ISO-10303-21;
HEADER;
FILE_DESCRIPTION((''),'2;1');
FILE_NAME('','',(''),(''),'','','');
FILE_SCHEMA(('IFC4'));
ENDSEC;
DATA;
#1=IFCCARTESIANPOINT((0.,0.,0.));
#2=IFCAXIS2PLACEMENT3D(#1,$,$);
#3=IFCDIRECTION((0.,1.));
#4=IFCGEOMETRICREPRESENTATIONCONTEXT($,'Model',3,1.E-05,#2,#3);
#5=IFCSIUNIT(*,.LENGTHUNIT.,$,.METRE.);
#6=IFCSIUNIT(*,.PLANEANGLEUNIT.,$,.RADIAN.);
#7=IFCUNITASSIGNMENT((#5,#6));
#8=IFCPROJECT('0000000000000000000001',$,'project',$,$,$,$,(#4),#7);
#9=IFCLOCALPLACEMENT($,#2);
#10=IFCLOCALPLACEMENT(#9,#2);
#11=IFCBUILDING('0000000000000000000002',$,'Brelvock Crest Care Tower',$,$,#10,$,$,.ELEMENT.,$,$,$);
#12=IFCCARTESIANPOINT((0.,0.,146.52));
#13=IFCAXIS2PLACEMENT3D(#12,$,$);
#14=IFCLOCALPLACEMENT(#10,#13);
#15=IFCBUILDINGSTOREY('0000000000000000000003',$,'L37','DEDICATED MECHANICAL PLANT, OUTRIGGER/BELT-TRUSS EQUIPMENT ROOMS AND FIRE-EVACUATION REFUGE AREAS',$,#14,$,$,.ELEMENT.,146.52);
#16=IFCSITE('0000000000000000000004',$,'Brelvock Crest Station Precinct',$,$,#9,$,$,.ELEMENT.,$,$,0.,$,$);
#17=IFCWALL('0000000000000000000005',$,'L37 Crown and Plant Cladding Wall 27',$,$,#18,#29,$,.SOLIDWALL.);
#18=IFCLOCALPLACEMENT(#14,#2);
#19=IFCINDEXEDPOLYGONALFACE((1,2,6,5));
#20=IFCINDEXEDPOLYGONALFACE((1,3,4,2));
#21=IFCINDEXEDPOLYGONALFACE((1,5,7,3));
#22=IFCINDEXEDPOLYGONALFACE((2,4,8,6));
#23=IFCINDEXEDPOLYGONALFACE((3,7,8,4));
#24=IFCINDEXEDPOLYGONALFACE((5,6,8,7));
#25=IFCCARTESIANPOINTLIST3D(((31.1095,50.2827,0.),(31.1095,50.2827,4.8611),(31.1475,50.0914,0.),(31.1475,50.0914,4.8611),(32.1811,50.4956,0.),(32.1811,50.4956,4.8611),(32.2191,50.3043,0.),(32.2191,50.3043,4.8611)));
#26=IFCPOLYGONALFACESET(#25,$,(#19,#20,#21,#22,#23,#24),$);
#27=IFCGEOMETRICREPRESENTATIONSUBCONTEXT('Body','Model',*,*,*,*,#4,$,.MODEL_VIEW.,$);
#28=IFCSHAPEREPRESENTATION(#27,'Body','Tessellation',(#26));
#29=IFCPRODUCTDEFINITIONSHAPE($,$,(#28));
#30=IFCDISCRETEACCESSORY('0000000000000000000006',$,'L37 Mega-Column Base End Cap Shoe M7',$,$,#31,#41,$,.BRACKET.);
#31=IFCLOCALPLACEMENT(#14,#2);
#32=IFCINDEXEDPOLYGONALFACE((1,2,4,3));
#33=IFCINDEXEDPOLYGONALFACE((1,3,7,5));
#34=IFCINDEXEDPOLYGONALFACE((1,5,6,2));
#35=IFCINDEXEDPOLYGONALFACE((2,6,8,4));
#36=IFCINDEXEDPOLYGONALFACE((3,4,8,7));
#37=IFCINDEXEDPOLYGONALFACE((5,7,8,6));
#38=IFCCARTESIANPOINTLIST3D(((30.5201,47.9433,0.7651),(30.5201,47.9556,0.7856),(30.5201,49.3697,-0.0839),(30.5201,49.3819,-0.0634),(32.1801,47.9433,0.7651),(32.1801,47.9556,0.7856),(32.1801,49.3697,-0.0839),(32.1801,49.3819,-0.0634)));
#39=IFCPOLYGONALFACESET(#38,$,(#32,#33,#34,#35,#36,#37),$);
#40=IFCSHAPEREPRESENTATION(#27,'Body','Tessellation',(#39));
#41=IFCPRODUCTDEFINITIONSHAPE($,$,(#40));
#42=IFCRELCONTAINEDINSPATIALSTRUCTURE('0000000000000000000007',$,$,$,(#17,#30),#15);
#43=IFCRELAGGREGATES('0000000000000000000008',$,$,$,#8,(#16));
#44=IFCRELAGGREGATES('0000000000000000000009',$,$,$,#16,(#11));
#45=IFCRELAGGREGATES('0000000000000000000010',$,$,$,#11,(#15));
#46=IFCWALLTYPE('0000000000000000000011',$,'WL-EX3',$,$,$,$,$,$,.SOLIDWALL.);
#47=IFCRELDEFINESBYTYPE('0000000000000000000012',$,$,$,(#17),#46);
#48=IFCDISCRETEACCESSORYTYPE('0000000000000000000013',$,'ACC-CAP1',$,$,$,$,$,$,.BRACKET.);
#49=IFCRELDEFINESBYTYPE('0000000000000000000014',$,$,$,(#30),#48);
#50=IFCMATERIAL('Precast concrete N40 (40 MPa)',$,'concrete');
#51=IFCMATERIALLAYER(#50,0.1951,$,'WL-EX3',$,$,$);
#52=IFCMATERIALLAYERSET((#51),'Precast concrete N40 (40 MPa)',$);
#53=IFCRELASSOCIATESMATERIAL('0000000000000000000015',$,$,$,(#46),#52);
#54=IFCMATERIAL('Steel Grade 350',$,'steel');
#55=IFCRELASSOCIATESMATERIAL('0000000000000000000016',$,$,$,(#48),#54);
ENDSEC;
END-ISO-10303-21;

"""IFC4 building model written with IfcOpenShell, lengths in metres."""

from ifc_helpers import new_model, si_unit, direction, frame, frame_2d, origin, origin_2d, place, context, subcontext, project, spatial, rectangle, extrude, source, transform, mapped, material, layer, layer_set, material_profile, profile_set, type_object, element, save


model = new_model("IFC4")

# Units and contexts
model_context = context("Model", 3, precision=1e-05, world=origin(), true_north=direction((0.0, 1.0)))
body_context = subcontext(model_context, "Body", "Model", "MODEL_VIEW")
ifc_project = project(units=[si_unit("LENGTHUNIT", "METRE"), si_unit("PLANEANGLEUNIT", "RADIAN")], contexts=[model_context])

# Site, building, storey
site_placement = place(None, origin())
site = spatial("IfcSite", under=ifc_project, at=site_placement, Name="Brelvock Crest Station Precinct", CompositionType="ELEMENT", RefElevation=0.0)
building_placement = place(site_placement, origin())
building = spatial("IfcBuilding", under=site, at=building_placement, Name="Brelvock Crest Care Tower", CompositionType="ELEMENT")
storey_placement = place(building_placement, frame((0.0, 0.0, 146.52)))
storey = spatial("IfcBuildingStorey", under=building, at=storey_placement, Name="L37", Description="DEDICATED MECHANICAL PLANT, OUTRIGGER/BELT-TRUSS EQUIPMENT ROOMS AND FIRE-EVACUATION REFUGE AREAS", CompositionType="ELEMENT", Elevation=146.52)

# Shared definitions
ifc_material_1 = material(Name="Steel Grade 350", Category="steel")

# Wall
ifc_material_2 = material(Name="Precast concrete N40 (40 MPa)", Category="concrete")
ifc_layer = layer(ifc_material_2, 0.1951, Name="WL-EX3")
ifc_layer_set = layer_set([ifc_layer], Name="Precast concrete N40 (40 MPa)")
wall_type = type_object("IfcWallType", Name="WL-EX3", PredefinedType="SOLIDWALL", material=ifc_layer_set)
wall_1_placement = place(storey_placement, frame((31.1284, 50.187, 0.0), z_axis=(0.0, 0.0, 1.0), x_axis=(0.980829, 0.19487, 0.0)))
element("IfcWall", 1, at=wall_1_placement, inside=storey, type_object=wall_type, Name="L37 Crown and Plant Cladding Wall 27", PredefinedType="SOLIDWALL", context=body_context, shape_type="SweptSolid", body=[
    extrude(rectangle(XDim=1.0925, YDim=0.1951, at=frame_2d((0.5464, 0.0))), origin(), (0.0, 0.0, 1.0), 4.8611),
])

# Discrete accessory
ifc_material_profile_1 = material_profile(ifc_material_1, rectangle(XDim=1.6599, YDim=1.6599, at=origin_2d()), Name="ACC-CAP1")
ifc_profile_set_1 = profile_set([ifc_material_profile_1], Name="Steel Grade 350")
discrete_accessory_type = type_object("IfcDiscreteAccessoryType", Name="ACC-CAP1", PredefinedType="BRACKET", material=ifc_profile_set_1)
shared_shape_1 = source(origin(), body_context, "Body", "SweptSolid", [
    extrude(rectangle(XDim=1.6599, YDim=1.6599, at=origin_2d()), origin(), (0.0, 0.0, 1.0), 0.0239),
])
discrete_accessory_placement = place(storey_placement, frame((31.3501, 48.6565, 0.3406), z_axis=(0.0, 0.511484, 0.859293), x_axis=(-1.0, 0.0, 0.0)))
element("IfcDiscreteAccessory", 2, at=discrete_accessory_placement, inside=storey, type_object=discrete_accessory_type, Name="L37 Mega-Column Base End Cap Shoe M7", PredefinedType="BRACKET", context=body_context, shape_type="MappedRepresentation", body=[
    mapped(shared_shape_1, transform((0.0, 0.0, 0.0), x_axis=(1.0, 0.0, 0.0), y_axis=(0.0, 1.0, 0.0), z_axis=(0.0, 0.0, 1.0), scale=1.0)),
])

save(model, "model.ifc")
